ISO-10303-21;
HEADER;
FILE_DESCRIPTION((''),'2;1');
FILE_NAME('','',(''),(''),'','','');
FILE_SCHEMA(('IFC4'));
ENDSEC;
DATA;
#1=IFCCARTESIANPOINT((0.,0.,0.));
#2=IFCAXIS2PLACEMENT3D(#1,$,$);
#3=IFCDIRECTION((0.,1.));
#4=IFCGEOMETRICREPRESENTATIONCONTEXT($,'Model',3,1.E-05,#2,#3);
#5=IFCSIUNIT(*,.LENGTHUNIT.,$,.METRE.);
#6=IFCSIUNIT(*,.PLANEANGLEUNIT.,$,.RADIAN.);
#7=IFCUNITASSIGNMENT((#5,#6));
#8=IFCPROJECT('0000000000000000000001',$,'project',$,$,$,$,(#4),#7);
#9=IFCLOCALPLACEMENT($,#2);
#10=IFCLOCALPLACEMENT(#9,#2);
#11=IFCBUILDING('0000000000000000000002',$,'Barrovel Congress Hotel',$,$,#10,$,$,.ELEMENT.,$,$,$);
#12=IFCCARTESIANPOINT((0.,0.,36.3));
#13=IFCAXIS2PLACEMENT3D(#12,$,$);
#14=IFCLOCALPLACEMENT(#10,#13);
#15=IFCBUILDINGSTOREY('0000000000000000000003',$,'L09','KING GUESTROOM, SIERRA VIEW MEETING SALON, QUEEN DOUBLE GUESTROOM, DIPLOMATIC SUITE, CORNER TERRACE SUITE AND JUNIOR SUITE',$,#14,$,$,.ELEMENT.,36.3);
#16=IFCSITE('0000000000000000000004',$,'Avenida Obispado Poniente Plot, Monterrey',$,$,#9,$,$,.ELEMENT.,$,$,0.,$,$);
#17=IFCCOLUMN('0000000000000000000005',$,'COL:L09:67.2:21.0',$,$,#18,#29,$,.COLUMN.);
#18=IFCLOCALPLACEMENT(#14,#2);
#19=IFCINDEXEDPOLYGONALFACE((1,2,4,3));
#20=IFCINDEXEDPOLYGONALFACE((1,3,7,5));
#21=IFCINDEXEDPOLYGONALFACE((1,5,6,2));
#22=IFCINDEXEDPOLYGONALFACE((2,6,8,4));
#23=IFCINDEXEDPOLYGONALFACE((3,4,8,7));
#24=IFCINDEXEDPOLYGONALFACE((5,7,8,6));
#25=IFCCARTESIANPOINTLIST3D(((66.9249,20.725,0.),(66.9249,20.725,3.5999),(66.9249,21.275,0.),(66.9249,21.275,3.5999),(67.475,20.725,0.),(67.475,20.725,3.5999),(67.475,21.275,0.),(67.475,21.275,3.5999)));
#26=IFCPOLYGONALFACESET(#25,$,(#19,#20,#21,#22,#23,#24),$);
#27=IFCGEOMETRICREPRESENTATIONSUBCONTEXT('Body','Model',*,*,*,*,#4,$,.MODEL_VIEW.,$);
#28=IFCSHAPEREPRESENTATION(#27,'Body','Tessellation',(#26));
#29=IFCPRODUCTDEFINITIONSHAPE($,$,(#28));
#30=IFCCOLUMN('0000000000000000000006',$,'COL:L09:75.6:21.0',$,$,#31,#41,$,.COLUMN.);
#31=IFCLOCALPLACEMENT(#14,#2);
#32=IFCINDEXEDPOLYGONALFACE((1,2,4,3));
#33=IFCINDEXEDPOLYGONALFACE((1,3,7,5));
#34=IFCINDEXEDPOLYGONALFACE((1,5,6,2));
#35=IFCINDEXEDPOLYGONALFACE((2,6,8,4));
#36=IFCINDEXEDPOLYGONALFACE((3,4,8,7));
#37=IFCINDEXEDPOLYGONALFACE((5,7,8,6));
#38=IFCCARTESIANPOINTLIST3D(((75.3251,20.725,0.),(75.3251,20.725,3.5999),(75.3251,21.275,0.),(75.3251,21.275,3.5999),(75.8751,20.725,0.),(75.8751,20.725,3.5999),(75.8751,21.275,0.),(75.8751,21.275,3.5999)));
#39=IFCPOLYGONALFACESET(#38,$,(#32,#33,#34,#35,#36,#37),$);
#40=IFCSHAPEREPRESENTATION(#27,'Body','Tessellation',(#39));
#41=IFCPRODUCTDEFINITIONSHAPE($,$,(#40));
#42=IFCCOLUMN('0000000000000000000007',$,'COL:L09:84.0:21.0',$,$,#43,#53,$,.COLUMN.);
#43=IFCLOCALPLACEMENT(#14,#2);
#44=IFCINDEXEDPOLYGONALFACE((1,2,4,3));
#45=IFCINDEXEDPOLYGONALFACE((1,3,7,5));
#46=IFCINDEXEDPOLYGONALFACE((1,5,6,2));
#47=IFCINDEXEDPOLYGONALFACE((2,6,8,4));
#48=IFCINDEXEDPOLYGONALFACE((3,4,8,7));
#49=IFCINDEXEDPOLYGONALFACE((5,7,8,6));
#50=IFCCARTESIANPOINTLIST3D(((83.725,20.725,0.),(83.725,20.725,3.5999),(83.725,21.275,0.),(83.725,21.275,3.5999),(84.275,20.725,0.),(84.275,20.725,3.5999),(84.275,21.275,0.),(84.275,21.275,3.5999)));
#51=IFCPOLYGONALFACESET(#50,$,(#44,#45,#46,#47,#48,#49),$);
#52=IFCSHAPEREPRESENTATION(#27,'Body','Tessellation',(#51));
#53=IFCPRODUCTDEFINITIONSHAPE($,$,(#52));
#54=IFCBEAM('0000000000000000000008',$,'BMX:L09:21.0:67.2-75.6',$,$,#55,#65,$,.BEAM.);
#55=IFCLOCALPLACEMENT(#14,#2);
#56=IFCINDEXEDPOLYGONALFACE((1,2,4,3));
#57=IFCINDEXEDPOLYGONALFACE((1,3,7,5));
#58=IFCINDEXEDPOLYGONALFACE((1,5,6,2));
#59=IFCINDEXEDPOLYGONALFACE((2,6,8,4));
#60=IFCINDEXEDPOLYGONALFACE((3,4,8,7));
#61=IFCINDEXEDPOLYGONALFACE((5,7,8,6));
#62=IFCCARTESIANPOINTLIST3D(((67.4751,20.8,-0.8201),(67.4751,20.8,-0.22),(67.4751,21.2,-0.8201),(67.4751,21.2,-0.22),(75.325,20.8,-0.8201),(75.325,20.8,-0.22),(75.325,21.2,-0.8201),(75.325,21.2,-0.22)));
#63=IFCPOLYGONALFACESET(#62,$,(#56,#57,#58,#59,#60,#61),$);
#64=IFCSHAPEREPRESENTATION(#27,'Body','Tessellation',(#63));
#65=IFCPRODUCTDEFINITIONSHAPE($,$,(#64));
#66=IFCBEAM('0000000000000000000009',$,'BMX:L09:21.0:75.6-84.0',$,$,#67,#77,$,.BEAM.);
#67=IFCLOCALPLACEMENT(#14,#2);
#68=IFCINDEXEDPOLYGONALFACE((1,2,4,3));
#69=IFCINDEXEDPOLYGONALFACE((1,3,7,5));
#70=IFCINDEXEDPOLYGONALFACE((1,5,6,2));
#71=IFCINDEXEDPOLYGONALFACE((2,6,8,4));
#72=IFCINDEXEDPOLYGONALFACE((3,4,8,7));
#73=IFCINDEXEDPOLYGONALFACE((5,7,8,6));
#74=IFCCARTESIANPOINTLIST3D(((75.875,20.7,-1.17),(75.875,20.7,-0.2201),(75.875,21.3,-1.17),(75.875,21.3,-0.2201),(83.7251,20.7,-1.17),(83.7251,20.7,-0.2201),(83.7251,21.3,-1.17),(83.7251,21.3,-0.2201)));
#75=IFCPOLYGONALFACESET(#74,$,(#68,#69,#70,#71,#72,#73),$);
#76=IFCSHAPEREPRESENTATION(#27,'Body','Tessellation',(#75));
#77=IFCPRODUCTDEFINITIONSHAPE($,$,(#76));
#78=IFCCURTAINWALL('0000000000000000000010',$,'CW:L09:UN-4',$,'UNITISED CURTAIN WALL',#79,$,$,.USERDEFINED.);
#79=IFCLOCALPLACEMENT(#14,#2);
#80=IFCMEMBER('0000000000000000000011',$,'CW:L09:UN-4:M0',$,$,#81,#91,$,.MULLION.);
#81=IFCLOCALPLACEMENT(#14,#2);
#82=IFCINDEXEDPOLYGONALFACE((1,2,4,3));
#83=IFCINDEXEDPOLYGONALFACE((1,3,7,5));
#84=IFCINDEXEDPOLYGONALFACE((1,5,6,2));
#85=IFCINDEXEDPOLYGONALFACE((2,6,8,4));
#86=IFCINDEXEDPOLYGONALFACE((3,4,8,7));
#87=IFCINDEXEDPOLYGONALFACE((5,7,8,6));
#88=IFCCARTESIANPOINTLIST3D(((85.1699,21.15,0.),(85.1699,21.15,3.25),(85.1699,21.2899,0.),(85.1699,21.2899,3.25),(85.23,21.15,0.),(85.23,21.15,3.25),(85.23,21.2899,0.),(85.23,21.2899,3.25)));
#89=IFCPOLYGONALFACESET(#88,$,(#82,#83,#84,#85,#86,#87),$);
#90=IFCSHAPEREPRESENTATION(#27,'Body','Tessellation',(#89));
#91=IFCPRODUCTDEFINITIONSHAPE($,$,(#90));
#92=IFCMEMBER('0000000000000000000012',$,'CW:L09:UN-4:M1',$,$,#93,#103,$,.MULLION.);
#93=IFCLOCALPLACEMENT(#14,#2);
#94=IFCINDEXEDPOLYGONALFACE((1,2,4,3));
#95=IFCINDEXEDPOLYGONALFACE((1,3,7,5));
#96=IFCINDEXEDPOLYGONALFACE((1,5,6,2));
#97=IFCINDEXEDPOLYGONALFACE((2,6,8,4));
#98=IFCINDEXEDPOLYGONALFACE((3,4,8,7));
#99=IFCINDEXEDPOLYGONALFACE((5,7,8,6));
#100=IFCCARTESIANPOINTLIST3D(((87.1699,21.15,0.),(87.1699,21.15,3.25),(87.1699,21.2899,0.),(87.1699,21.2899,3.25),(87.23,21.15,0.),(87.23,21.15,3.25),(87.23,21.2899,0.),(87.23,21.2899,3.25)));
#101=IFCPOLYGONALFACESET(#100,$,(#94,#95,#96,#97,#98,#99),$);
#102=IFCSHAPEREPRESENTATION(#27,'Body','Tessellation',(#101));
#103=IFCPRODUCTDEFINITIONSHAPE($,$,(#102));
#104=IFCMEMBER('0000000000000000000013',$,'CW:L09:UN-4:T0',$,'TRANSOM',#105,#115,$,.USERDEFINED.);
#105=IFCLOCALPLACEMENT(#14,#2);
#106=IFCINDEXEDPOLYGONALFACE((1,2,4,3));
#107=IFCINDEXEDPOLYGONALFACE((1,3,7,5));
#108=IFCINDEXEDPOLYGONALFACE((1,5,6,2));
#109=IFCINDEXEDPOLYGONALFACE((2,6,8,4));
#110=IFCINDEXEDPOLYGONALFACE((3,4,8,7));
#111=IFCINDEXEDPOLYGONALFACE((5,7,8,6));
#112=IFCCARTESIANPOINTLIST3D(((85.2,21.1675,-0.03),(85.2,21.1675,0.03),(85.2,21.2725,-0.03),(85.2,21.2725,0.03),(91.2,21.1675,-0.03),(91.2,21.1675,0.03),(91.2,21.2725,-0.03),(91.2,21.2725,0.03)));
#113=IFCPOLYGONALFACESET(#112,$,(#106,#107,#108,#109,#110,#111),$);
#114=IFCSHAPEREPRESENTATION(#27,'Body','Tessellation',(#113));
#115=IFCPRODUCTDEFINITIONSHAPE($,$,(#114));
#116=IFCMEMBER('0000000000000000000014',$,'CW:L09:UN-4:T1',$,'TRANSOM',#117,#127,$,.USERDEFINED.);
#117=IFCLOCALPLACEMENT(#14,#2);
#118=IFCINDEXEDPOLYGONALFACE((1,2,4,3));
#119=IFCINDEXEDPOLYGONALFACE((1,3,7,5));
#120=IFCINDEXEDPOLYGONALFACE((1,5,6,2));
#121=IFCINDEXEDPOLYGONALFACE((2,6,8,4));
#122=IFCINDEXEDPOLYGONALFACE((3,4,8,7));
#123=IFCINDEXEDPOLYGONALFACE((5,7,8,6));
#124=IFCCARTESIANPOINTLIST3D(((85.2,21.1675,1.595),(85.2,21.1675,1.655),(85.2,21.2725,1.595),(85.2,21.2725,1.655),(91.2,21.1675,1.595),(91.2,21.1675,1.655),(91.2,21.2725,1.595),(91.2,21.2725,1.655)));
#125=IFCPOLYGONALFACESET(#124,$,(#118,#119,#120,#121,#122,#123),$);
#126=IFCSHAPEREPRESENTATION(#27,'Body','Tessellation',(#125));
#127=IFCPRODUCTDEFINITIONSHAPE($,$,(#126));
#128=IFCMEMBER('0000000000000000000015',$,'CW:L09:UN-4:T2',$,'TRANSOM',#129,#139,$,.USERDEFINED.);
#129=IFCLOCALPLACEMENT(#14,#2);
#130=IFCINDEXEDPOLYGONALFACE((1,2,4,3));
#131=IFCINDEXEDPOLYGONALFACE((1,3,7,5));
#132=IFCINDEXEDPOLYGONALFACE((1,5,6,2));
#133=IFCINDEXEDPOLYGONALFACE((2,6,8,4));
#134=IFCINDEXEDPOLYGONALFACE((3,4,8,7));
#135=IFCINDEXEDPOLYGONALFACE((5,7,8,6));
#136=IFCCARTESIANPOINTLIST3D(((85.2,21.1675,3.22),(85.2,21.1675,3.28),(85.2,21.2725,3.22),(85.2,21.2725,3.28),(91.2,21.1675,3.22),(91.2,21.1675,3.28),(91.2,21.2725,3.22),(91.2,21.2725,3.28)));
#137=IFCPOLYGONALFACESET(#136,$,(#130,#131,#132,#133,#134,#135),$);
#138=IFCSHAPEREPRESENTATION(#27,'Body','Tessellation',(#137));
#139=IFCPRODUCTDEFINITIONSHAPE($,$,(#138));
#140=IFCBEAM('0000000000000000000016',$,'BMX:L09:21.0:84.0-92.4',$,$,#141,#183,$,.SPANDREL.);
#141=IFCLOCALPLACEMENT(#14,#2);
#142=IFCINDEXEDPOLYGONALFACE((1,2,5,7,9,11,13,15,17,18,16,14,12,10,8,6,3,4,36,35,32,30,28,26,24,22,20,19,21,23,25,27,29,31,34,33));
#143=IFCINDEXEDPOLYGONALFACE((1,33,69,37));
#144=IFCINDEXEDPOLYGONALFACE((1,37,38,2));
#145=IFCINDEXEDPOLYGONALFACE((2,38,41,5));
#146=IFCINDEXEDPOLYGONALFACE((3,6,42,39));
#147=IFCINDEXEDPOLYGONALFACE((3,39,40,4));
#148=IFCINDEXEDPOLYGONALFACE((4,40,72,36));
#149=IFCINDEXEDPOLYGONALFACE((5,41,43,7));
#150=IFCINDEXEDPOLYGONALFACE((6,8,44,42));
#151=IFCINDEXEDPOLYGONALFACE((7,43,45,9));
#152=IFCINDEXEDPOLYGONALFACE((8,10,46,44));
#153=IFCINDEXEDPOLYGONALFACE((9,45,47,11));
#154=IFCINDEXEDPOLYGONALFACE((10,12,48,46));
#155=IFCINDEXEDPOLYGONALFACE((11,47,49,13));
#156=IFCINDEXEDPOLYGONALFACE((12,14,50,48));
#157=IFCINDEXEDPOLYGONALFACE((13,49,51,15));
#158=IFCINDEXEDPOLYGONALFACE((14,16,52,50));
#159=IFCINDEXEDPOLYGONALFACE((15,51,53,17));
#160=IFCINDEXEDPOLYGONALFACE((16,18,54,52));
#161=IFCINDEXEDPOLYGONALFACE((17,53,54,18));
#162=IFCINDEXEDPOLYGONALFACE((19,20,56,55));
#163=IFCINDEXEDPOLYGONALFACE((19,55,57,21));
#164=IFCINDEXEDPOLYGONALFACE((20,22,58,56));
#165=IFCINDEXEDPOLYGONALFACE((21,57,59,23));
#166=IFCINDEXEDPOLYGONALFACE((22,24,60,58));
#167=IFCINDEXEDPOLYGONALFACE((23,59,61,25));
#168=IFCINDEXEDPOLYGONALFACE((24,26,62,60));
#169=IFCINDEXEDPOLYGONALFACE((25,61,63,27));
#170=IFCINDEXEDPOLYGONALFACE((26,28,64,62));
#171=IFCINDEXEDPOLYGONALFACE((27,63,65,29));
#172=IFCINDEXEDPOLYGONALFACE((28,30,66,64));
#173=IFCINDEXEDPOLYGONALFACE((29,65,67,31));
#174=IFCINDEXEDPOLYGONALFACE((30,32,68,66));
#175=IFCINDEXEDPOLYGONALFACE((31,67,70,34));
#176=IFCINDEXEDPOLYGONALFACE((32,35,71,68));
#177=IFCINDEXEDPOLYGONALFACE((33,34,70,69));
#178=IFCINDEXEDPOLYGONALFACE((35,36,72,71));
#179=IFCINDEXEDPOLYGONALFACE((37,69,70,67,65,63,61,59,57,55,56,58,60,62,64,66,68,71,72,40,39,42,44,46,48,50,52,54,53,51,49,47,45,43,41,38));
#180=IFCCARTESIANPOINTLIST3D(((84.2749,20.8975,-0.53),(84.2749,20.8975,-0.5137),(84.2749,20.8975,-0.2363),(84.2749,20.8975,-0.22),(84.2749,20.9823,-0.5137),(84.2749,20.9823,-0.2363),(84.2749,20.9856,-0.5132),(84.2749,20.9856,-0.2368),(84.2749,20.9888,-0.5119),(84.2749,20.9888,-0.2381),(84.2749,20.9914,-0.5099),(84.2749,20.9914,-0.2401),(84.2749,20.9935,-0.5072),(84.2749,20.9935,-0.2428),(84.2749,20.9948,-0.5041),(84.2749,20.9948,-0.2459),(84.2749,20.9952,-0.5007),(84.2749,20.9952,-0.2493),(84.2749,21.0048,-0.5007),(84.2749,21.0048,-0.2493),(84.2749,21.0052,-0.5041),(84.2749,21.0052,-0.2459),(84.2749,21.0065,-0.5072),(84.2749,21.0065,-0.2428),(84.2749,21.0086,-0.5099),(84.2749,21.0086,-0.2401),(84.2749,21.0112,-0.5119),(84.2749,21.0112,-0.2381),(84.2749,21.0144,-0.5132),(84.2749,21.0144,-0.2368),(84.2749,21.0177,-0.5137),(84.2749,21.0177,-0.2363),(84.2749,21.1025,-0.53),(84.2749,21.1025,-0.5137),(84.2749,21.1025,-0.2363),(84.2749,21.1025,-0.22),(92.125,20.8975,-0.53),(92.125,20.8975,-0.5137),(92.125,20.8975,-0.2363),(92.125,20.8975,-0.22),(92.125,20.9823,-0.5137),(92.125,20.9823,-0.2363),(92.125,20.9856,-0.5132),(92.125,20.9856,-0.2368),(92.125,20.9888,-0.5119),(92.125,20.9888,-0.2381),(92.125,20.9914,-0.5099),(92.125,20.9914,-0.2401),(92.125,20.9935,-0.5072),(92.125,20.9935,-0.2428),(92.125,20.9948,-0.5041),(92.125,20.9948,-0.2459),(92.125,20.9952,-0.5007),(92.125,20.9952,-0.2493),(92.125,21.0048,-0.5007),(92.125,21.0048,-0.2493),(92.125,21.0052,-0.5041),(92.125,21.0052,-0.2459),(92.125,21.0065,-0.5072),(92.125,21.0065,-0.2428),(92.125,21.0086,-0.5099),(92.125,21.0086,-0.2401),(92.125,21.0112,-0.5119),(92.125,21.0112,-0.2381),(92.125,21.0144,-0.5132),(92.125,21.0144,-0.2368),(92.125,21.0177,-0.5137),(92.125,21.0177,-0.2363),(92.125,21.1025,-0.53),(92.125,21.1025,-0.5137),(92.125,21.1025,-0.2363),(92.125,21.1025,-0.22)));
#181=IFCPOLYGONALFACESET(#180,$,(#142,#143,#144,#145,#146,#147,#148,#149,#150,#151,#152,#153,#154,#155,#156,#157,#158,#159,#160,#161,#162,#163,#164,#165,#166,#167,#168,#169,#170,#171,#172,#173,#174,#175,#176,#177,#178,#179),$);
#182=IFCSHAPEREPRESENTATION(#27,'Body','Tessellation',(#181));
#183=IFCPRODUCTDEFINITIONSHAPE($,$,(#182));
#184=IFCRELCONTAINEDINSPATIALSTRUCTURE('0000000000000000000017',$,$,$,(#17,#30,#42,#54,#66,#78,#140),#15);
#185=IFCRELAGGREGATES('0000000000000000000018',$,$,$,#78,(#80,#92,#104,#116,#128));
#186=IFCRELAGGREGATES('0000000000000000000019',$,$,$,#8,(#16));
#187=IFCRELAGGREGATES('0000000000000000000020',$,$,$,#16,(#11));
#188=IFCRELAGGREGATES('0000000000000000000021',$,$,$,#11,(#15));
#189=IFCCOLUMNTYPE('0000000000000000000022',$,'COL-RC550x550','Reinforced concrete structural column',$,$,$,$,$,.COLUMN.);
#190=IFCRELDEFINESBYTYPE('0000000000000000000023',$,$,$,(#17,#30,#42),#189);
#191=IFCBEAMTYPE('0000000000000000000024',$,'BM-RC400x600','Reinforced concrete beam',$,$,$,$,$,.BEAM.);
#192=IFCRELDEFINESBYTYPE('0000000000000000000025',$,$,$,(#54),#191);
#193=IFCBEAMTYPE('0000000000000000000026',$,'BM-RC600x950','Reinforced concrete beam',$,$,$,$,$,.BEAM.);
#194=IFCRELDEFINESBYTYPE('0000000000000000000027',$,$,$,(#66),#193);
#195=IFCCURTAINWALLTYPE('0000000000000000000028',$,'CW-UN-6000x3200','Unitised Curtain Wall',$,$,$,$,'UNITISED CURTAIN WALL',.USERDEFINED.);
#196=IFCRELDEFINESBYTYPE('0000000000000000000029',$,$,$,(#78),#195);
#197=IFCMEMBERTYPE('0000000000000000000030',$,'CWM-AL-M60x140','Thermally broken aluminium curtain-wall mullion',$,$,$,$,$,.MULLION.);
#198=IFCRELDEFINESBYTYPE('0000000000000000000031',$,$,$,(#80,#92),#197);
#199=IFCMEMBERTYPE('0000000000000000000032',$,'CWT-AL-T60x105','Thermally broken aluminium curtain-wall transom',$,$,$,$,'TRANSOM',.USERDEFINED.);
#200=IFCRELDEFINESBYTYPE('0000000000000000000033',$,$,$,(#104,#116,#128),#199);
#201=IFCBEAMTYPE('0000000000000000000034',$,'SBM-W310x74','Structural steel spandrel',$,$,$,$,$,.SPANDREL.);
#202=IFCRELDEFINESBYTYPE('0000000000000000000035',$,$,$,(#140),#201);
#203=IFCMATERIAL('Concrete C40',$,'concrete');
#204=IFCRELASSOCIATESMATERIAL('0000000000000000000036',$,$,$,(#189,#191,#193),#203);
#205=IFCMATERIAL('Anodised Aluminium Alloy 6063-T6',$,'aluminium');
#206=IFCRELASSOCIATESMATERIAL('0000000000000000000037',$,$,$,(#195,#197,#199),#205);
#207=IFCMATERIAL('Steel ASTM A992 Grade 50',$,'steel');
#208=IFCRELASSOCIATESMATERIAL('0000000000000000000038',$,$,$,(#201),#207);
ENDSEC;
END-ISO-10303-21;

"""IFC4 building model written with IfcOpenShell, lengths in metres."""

from ifc_helpers import new_model, si_unit, direction, frame, origin, origin_2d, place, context, subcontext, project, spatial, rectangle, i_section, extrude, material, material_profile, profile_set, type_object, element, aggregate, save


model = new_model("IFC4")

# Units and contexts
model_context = context("Model", 3, precision=1e-05, world=origin(), true_north=direction((0.0, 1.0)))
body_context = subcontext(model_context, "Body", "Model", "MODEL_VIEW")
ifc_project = project(units=[si_unit("LENGTHUNIT", "METRE"), si_unit("PLANEANGLEUNIT", "RADIAN")], contexts=[model_context])

# Site, building, storey
site_placement = place(None, origin())
site = spatial("IfcSite", under=ifc_project, at=site_placement, Name="Avenida Obispado Poniente Plot, Monterrey", CompositionType="ELEMENT", RefElevation=0.0)
building_placement = place(site_placement, origin())
building = spatial("IfcBuilding", under=site, at=building_placement, Name="Barrovel Congress Hotel", CompositionType="ELEMENT")
storey_placement = place(building_placement, frame((0.0, 0.0, 36.3)))
storey = spatial("IfcBuildingStorey", under=building, at=storey_placement, Name="L09", Description="KING GUESTROOM, SIERRA VIEW MEETING SALON, QUEEN DOUBLE GUESTROOM, DIPLOMATIC SUITE, CORNER TERRACE SUITE AND JUNIOR SUITE", CompositionType="ELEMENT", Elevation=36.3)

# Columns
ifc_material_1 = material(Name="Concrete C40", Category="concrete")
ifc_material_profile_1 = material_profile(ifc_material_1, rectangle(XDim=0.55, YDim=0.55, at=origin_2d()), Name="RC550x550")
ifc_profile_set_1 = profile_set([ifc_material_profile_1], Name="Concrete C40")
column_type = type_object("IfcColumnType", Name="COL-RC550x550", Description="Reinforced concrete structural column", PredefinedType="COLUMN", material=ifc_profile_set_1)
for number, where, z_axis, x_axis, name in (
    (1, (67.2, 21.0, 0.0), (0.0, 0.0, 1.0), (1.0, 0.0, 0.0), "COL:L09:67.2:21.0"),
    (2, (75.6001, 21.0, 0.0), (0.0, 0.0, 1.0), (1.0, 0.0, 0.0), "COL:L09:75.6:21.0"),
    (3, (84.0, 21.0, 0.0), (0.0, 0.0, 1.0), (1.0, 0.0, 0.0), "COL:L09:84.0:21.0"),
):
    element("IfcColumn", number, at=place(storey_placement, frame(where, z_axis=z_axis, x_axis=x_axis)), inside=storey, type_object=column_type, Name=name, PredefinedType="COLUMN", context=body_context, shape_type="SweptSolid", body=[
        extrude(rectangle(XDim=0.55, YDim=0.55, at=origin_2d()), origin(), (0.0, 0.0, 1.0), 3.5999),
    ])

# Beams
ifc_material_profile_2 = material_profile(ifc_material_1, rectangle(XDim=0.3999, YDim=0.6001, at=origin_2d()), Name="RC400x600")
ifc_profile_set_2 = profile_set([ifc_material_profile_2], Name="Concrete C40")
beam_type_1 = type_object("IfcBeamType", Name="BM-RC400x600", Description="Reinforced concrete beam", PredefinedType="BEAM", material=ifc_profile_set_2)
beam_1_placement = place(storey_placement, frame((67.4751, 21.0, -0.52), z_axis=(1.0, 0.0, 0.0), x_axis=(0.0, 1.0, 0.0)))
element("IfcBeam", 4, at=beam_1_placement, inside=storey, type_object=beam_type_1, Name="BMX:L09:21.0:67.2-75.6", PredefinedType="BEAM", context=body_context, shape_type="SweptSolid", body=[
    extrude(rectangle(XDim=0.3999, YDim=0.6001, at=origin_2d()), origin(), (0.0, 0.0, 1.0), 7.8499),
])
ifc_material_profile_3 = material_profile(ifc_material_1, rectangle(XDim=0.6001, YDim=0.95, at=origin_2d()), Name="RC600x950")
ifc_profile_set_3 = profile_set([ifc_material_profile_3], Name="Concrete C40")
beam_type_2 = type_object("IfcBeamType", Name="BM-RC600x950", Description="Reinforced concrete beam", PredefinedType="BEAM", material=ifc_profile_set_3)
beam_2_placement = place(storey_placement, frame((75.875, 21.0, -0.6951), z_axis=(1.0, 0.0, 0.0), x_axis=(0.0, 1.0, 0.0)))
element("IfcBeam", 5, at=beam_2_placement, inside=storey, type_object=beam_type_2, Name="BMX:L09:21.0:75.6-84.0", PredefinedType="BEAM", context=body_context, shape_type="SweptSolid", body=[
    extrude(rectangle(XDim=0.6001, YDim=0.95, at=origin_2d()), origin(), (0.0, 0.0, 1.0), 7.8501),
])

# Curtain wall, members
ifc_material_2 = material(Name="Anodised Aluminium Alloy 6063-T6", Category="aluminium")
curtain_wall_type = type_object("IfcCurtainWallType", Name="CW-UN-6000x3200", Description="Unitised Curtain Wall", ElementType="UNITISED CURTAIN WALL", PredefinedType="USERDEFINED", material=ifc_material_2)
curtain_wall_placement = place(storey_placement, origin())
curtain_wall = element("IfcCurtainWall", 6, at=curtain_wall_placement, inside=storey, type_object=curtain_wall_type, Name="CW:L09:UN-4", ObjectType="UNITISED CURTAIN WALL", PredefinedType="USERDEFINED")
ifc_material_profile_4 = material_profile(ifc_material_2, rectangle(XDim=0.0601, YDim=0.1399, at=origin_2d()), Name="AL-M60x140")
ifc_profile_set_4 = profile_set([ifc_material_profile_4], Name="Anodised Aluminium Alloy 6063-T6")
member_type_1 = type_object("IfcMemberType", Name="CWM-AL-M60x140", Description="Thermally broken aluminium curtain-wall mullion", PredefinedType="MULLION", material=ifc_profile_set_4)
member_1_placement = place(storey_placement, frame((85.2, 21.22, 0.0), z_axis=(0.0, 0.0, 1.0), x_axis=(1.0, 0.0, 0.0)))
member_1 = element("IfcMember", 7, at=member_1_placement, type_object=member_type_1, Name="CW:L09:UN-4:M0", PredefinedType="MULLION", context=body_context, shape_type="SweptSolid", body=[
    extrude(rectangle(XDim=0.0601, YDim=0.1399, at=origin_2d()), origin(), (0.0, 0.0, 1.0), 3.25),
])
member_2_placement = place(storey_placement, frame((87.2, 21.22, 0.0), z_axis=(0.0, 0.0, 1.0), x_axis=(1.0, 0.0, 0.0)))
member_2 = element("IfcMember", 8, at=member_2_placement, type_object=member_type_1, Name="CW:L09:UN-4:M1", PredefinedType="MULLION", context=body_context, shape_type="SweptSolid", body=[
    extrude(rectangle(XDim=0.0601, YDim=0.1399, at=origin_2d()), origin(), (0.0, 0.0, 1.0), 3.25),
])
ifc_material_profile_5 = material_profile(ifc_material_2, rectangle(XDim=0.105, YDim=0.0601, at=origin_2d()), Name="AL-T60x105")
ifc_profile_set_5 = profile_set([ifc_material_profile_5], Name="Anodised Aluminium Alloy 6063-T6")
member_type_2 = type_object("IfcMemberType", Name="CWT-AL-T60x105", Description="Thermally broken aluminium curtain-wall transom", ElementType="TRANSOM", PredefinedType="USERDEFINED", material=ifc_profile_set_5)
member_3_placement = place(storey_placement, frame((85.2, 21.22, 0.0), z_axis=(1.0, 0.0, 0.0), x_axis=(0.0, 1.0, 0.0)))
member_3 = element("IfcMember", 9, at=member_3_placement, type_object=member_type_2, Name="CW:L09:UN-4:T0", ObjectType="TRANSOM", PredefinedType="USERDEFINED", context=body_context, shape_type="SweptSolid", body=[
    extrude(rectangle(XDim=0.105, YDim=0.0601, at=origin_2d()), origin(), (0.0, 0.0, 1.0), 6.0),
])
member_4_placement = place(storey_placement, frame((85.2, 21.22, 1.625), z_axis=(1.0, 0.0, 0.0), x_axis=(0.0, 1.0, 0.0)))
member_4 = element("IfcMember", 10, at=member_4_placement, type_object=member_type_2, Name="CW:L09:UN-4:T1", ObjectType="TRANSOM", PredefinedType="USERDEFINED", context=body_context, shape_type="SweptSolid", body=[
    extrude(rectangle(XDim=0.105, YDim=0.0601, at=origin_2d()), origin(), (0.0, 0.0, 1.0), 6.0),
])
member_5_placement = place(storey_placement, frame((85.2, 21.22, 3.25), z_axis=(1.0, 0.0, 0.0), x_axis=(0.0, 1.0, 0.0)))
member_5 = element("IfcMember", 11, at=member_5_placement, type_object=member_type_2, Name="CW:L09:UN-4:T2", ObjectType="TRANSOM", PredefinedType="USERDEFINED", context=body_context, shape_type="SweptSolid", body=[
    extrude(rectangle(XDim=0.105, YDim=0.0601, at=origin_2d()), origin(), (0.0, 0.0, 1.0), 6.0),
])

# Beam
ifc_material_3 = material(Name="Steel ASTM A992 Grade 50", Category="steel")
ifc_material_profile_6 = material_profile(ifc_material_3, i_section(OverallWidth=0.2051, OverallDepth=0.3101, WebThickness=0.0095, FlangeThickness=0.0164, FilletRadius=0.0129, at=origin_2d()), Name="W310x74")
ifc_profile_set_6 = profile_set([ifc_material_profile_6], Name="Steel ASTM A992 Grade 50")
beam_type_3 = type_object("IfcBeamType", Name="SBM-W310x74", Description="Structural steel spandrel", PredefinedType="SPANDREL", material=ifc_profile_set_6)
beam_3_placement = place(storey_placement, frame((84.2749, 21.0, -0.375), z_axis=(1.0, 0.0, 0.0), x_axis=(0.0, 1.0, 0.0)))
element("IfcBeam", 12, at=beam_3_placement, inside=storey, type_object=beam_type_3, Name="BMX:L09:21.0:84.0-92.4", PredefinedType="SPANDREL", context=body_context, shape_type="SweptSolid", body=[
    extrude(i_section(OverallWidth=0.2051, OverallDepth=0.3101, WebThickness=0.0095, FlangeThickness=0.0164, FilletRadius=0.0129, at=origin_2d()), origin(), (0.0, 0.0, 1.0), 7.8501),
])

aggregate(curtain_wall, [member_1, member_2, member_3, member_4, member_5])

save(model, "model.ifc")
